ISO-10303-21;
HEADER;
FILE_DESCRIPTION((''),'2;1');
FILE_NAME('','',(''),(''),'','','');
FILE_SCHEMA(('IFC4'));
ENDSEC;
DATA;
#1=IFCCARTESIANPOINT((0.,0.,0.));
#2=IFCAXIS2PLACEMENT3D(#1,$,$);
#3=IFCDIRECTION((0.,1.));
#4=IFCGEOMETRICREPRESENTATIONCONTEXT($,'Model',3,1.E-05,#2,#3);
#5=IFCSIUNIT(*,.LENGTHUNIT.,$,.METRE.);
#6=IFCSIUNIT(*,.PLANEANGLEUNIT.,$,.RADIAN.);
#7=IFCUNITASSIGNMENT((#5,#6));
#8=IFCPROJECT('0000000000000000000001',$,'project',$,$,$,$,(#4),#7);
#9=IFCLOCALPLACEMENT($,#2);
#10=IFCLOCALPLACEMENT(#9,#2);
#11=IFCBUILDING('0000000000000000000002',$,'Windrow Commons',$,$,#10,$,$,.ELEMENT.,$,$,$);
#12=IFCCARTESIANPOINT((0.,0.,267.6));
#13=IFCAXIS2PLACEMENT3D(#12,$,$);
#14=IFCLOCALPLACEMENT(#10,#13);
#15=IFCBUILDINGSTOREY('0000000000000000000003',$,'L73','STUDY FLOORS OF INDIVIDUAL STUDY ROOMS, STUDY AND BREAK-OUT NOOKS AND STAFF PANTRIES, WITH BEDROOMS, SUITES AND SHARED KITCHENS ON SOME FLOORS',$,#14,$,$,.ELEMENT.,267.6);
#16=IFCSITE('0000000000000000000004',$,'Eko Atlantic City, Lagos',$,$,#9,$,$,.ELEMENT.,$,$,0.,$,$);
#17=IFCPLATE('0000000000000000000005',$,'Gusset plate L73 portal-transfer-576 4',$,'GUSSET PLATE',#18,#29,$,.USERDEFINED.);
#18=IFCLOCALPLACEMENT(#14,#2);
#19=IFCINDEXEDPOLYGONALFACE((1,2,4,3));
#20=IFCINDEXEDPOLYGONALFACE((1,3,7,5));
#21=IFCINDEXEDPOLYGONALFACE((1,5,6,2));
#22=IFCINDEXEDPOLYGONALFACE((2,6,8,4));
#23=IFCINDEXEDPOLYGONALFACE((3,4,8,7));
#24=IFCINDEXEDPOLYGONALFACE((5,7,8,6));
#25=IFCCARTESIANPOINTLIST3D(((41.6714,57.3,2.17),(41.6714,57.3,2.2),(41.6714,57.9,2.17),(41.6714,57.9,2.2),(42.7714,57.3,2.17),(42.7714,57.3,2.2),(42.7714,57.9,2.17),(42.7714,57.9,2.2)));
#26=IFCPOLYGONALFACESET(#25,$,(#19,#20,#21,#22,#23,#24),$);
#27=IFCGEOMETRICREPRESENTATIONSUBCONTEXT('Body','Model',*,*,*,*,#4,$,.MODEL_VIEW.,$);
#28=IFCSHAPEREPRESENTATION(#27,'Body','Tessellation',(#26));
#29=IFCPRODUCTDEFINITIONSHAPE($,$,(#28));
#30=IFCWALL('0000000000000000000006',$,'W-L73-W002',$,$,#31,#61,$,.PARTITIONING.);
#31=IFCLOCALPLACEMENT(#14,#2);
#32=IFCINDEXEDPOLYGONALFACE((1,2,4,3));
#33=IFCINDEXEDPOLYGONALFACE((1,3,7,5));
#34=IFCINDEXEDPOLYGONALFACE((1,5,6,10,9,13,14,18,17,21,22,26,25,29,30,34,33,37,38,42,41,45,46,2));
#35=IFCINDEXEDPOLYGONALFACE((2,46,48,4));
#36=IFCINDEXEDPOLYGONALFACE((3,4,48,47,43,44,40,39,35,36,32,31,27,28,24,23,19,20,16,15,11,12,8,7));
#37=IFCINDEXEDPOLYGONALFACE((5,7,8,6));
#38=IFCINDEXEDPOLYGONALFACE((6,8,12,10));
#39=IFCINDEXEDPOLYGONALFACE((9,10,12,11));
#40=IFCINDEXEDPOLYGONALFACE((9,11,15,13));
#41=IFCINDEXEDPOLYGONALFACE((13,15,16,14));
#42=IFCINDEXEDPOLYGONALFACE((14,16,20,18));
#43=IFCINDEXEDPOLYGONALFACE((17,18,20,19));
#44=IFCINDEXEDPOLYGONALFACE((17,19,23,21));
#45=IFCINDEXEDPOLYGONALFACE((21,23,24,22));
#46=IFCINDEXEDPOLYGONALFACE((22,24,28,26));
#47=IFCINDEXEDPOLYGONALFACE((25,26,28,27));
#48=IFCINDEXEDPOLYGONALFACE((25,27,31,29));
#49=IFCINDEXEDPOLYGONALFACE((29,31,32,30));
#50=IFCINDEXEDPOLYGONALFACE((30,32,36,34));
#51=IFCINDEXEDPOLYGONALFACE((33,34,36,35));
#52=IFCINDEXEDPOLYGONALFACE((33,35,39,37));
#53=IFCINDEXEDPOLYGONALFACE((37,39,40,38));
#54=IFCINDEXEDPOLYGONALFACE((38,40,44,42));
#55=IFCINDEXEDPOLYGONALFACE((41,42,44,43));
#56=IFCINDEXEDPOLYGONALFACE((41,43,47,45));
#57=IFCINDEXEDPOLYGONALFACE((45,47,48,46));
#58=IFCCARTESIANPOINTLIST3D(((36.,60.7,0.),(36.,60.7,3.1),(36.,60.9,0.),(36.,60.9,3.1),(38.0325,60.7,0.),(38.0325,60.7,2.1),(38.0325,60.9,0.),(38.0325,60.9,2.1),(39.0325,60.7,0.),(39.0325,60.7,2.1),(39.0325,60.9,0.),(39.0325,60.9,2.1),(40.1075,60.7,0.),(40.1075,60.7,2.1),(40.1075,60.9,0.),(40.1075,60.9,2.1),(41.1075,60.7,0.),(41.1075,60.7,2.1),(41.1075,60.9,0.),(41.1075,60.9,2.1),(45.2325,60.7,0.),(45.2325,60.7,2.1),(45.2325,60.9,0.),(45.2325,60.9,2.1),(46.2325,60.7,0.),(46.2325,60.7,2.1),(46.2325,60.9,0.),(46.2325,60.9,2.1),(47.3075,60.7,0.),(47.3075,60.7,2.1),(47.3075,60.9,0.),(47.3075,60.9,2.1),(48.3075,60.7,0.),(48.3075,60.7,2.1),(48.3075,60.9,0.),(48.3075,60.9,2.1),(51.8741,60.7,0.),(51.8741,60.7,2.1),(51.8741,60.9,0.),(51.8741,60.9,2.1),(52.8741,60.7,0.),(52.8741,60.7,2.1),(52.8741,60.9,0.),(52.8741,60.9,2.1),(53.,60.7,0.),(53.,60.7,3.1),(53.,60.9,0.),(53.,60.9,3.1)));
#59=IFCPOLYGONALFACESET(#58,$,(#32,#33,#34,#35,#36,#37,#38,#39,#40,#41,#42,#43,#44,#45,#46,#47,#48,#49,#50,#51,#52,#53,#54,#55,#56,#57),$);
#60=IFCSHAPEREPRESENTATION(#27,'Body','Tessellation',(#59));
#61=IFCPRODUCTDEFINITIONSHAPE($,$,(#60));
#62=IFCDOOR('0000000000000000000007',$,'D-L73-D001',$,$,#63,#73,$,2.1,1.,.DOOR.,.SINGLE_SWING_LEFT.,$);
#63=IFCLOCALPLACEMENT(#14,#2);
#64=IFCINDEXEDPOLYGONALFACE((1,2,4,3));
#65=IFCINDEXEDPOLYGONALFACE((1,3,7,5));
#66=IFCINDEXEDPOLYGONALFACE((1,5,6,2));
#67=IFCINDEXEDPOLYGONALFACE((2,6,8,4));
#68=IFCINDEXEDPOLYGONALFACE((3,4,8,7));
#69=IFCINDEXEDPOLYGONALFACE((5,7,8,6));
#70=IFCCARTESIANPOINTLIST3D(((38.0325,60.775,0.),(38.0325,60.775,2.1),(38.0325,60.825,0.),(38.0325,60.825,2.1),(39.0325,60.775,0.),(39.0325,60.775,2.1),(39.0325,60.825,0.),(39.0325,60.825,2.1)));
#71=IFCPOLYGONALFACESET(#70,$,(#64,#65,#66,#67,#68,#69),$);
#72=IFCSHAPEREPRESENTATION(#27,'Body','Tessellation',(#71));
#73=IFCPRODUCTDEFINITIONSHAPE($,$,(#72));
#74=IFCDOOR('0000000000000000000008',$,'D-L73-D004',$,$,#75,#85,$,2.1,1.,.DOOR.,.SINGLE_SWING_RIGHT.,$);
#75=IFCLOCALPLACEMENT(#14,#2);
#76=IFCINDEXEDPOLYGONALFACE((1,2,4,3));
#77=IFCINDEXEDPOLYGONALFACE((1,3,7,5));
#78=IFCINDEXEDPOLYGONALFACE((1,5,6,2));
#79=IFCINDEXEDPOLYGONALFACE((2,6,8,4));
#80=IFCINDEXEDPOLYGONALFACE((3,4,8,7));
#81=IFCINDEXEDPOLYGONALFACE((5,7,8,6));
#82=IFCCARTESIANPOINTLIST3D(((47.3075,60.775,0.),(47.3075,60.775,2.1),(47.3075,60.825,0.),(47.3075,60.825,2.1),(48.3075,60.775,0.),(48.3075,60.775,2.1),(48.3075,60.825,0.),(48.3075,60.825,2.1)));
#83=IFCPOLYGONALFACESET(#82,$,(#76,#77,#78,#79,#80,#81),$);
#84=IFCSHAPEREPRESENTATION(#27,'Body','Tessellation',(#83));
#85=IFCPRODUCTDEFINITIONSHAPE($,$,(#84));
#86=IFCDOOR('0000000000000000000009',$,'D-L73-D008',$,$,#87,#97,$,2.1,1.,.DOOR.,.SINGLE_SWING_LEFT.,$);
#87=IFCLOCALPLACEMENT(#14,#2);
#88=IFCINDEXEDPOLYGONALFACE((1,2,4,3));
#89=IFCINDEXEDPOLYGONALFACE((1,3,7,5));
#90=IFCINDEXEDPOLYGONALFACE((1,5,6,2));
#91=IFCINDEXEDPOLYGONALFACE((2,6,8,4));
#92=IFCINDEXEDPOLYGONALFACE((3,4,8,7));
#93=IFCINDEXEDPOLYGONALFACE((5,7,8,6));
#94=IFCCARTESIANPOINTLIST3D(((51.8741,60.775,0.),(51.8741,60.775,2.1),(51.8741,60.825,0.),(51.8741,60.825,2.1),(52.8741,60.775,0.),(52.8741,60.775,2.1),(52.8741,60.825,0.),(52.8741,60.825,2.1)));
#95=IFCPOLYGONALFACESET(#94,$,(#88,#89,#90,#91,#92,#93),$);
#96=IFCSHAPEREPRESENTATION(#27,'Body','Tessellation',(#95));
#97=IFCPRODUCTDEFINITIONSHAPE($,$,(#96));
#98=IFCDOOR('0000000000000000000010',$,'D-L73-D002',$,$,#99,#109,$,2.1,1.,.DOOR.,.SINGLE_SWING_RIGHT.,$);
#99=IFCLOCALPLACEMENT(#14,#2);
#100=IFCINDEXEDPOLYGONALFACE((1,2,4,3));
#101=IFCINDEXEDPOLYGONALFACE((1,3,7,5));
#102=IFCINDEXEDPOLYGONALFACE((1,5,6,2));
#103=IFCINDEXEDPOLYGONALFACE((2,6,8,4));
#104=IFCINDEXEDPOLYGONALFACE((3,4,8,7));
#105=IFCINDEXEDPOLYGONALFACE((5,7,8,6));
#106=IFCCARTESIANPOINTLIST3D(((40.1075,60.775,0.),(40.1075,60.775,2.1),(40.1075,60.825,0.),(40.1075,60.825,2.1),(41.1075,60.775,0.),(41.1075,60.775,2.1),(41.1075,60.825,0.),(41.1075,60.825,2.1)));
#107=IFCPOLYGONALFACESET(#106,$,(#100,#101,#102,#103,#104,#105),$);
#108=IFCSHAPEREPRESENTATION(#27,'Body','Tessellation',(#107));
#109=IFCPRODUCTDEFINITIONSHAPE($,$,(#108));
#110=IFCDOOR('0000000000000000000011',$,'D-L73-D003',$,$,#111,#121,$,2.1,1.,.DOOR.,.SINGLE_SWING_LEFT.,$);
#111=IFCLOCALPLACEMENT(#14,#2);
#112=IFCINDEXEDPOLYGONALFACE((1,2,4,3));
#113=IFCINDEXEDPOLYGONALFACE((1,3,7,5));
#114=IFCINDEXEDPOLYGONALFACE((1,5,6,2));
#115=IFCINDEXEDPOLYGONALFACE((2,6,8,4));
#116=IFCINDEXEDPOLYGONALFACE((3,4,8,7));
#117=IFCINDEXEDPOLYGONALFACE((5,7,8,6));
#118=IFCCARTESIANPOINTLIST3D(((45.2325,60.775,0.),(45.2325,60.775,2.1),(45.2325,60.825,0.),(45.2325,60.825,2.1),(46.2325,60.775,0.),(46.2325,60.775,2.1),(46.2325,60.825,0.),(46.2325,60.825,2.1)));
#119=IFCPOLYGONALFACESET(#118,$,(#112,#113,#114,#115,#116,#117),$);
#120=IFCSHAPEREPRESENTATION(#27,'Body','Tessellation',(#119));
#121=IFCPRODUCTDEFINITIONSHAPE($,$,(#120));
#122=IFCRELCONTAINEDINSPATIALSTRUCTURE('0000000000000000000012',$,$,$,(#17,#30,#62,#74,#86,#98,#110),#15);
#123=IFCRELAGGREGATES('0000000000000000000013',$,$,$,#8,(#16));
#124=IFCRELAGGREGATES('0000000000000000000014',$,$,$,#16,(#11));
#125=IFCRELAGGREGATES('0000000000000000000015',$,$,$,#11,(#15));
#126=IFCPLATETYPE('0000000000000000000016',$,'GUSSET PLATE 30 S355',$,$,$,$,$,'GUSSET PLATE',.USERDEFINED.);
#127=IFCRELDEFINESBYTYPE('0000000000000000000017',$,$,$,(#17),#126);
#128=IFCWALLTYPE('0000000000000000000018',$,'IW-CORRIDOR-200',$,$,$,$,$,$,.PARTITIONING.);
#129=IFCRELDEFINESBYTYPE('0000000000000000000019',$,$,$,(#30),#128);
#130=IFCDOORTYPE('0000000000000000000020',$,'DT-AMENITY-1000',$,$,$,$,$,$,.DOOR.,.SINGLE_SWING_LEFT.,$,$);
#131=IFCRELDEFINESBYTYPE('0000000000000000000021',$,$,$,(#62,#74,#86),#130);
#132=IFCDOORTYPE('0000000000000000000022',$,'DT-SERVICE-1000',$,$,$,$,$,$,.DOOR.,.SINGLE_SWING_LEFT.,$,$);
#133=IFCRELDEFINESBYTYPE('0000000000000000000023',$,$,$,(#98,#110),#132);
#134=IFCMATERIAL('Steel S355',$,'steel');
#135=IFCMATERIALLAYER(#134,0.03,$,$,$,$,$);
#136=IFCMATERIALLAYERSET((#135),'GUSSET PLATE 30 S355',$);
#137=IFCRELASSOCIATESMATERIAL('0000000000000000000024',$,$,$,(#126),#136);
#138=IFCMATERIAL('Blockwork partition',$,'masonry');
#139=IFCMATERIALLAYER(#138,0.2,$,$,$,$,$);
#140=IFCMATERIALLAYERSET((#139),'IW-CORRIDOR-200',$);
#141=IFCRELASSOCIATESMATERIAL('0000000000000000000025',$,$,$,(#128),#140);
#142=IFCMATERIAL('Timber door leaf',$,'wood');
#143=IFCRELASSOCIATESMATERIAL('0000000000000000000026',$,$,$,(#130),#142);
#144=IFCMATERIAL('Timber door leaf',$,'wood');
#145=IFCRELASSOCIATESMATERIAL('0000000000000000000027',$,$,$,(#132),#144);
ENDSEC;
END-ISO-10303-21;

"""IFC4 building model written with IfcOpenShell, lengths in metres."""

from ifc_helpers import new_model, si_unit, direction, frame, frame_2d, origin, origin_2d, place, context, subcontext, project, spatial, rectangle, extrude, material, layer, layer_set, type_object, element, fill, save


model = new_model("IFC4")

# Units and contexts
model_context = context("Model", 3, precision=1e-05, world=origin(), true_north=direction((0.0, 1.0)))
body_context = subcontext(model_context, "Body", "Model", "MODEL_VIEW")
ifc_project = project(units=[si_unit("LENGTHUNIT", "METRE"), si_unit("PLANEANGLEUNIT", "RADIAN")], contexts=[model_context])

# Site, building, storey
site_placement = place(None, origin())
site = spatial("IfcSite", under=ifc_project, at=site_placement, Name="Eko Atlantic City, Lagos", CompositionType="ELEMENT", RefElevation=0.0)
building_placement = place(site_placement, origin())
building = spatial("IfcBuilding", under=site, at=building_placement, Name="Windrow Commons", CompositionType="ELEMENT")
storey_placement = place(building_placement, frame((0.0, 0.0, 267.6)))
storey = spatial("IfcBuildingStorey", under=building, at=storey_placement, Name="L73", Description="STUDY FLOORS OF INDIVIDUAL STUDY ROOMS, STUDY AND BREAK-OUT NOOKS AND STAFF PANTRIES, WITH BEDROOMS, SUITES AND SHARED KITCHENS ON SOME FLOORS", CompositionType="ELEMENT", Elevation=267.6)

# Plate
ifc_material_1 = material(Name="Steel S355", Category="steel")
ifc_layer_1 = layer(ifc_material_1, 0.03)
ifc_layer_set_1 = layer_set([ifc_layer_1], Name="GUSSET PLATE 30 S355")
plate_type = type_object("IfcPlateType", Name="GUSSET PLATE 30 S355", ElementType="GUSSET PLATE", PredefinedType="USERDEFINED", material=ifc_layer_set_1)
plate_placement = place(storey_placement, frame((42.2214, 57.6, 2.17), z_axis=(0.0, 0.0, 1.0), x_axis=(1.0, 0.0, 0.0)))
element("IfcPlate", 1, at=plate_placement, inside=storey, type_object=plate_type, Name="Gusset plate L73 portal-transfer-576 4", ObjectType="GUSSET PLATE", PredefinedType="USERDEFINED", context=body_context, shape_type="SweptSolid", body=[
    extrude(rectangle(XDim=1.1, YDim=0.6, at=origin_2d()), origin(), (0.0, 0.0, 1.0), 0.03),
])

# Wall, openings, doors
ifc_material_2 = material(Name="Blockwork partition", Category="masonry")
ifc_layer_2 = layer(ifc_material_2, 0.2)
ifc_layer_set_2 = layer_set([ifc_layer_2], Name="IW-CORRIDOR-200")
wall_type_1 = type_object("IfcWallType", Name="IW-CORRIDOR-200", PredefinedType="PARTITIONING", material=ifc_layer_set_2)
wall_1_placement = place(storey_placement, frame((36.0, 60.8, 0.0), z_axis=(0.0, 0.0, 1.0), x_axis=(1.0, 0.0, 0.0)))
wall_1 = element("IfcWall", 2, at=wall_1_placement, inside=storey, type_object=wall_type_1, Name="W-L73-W002", PredefinedType="PARTITIONING", context=body_context, shape_type="SweptSolid", body=[
    extrude(rectangle(XDim=17.0, YDim=0.2, at=frame_2d((8.5, 0.0))), origin(), (0.0, 0.0, 1.0), 3.1),
])
opening_1_placement = place(wall_1_placement, frame((2.0325, 0.0, 0.0)))
opening_1 = element("IfcOpeningElement", 3, at=opening_1_placement, cuts=wall_1, PredefinedType="OPENING", context=body_context, shape_type="SweptSolid", body=[
    extrude(rectangle(XDim=1.0, YDim=2.1, at=frame_2d((0.5, 1.05))), frame((0.0, 0.11, 0.0), z_axis=(0.0, -1.0, 0.0), x_axis=(1.0, 0.0, 0.0)), (0.0, 0.0, 1.0), 0.22),
])
opening_2_placement = place(wall_1_placement, frame((4.1075, 0.0, 0.0)))
opening_2 = element("IfcOpeningElement", 4, at=opening_2_placement, cuts=wall_1, PredefinedType="OPENING", context=body_context, shape_type="SweptSolid", body=[
    extrude(rectangle(XDim=1.0, YDim=2.1, at=frame_2d((0.5, 1.05))), frame((0.0, 0.11, 0.0), z_axis=(0.0, -1.0, 0.0), x_axis=(1.0, 0.0, 0.0)), (0.0, 0.0, 1.0), 0.22),
])
opening_3_placement = place(wall_1_placement, frame((9.2325, 0.0, 0.0)))
opening_3 = element("IfcOpeningElement", 5, at=opening_3_placement, cuts=wall_1, PredefinedType="OPENING", context=body_context, shape_type="SweptSolid", body=[
    extrude(rectangle(XDim=1.0, YDim=2.1, at=frame_2d((0.5, 1.05))), frame((0.0, 0.11, 0.0), z_axis=(0.0, -1.0, 0.0), x_axis=(1.0, 0.0, 0.0)), (0.0, 0.0, 1.0), 0.22),
])
opening_4_placement = place(wall_1_placement, frame((11.3075, 0.0, 0.0)))
opening_4 = element("IfcOpeningElement", 6, at=opening_4_placement, cuts=wall_1, PredefinedType="OPENING", context=body_context, shape_type="SweptSolid", body=[
    extrude(rectangle(XDim=1.0, YDim=2.1, at=frame_2d((0.5, 1.05))), frame((0.0, 0.11, 0.0), z_axis=(0.0, -1.0, 0.0), x_axis=(1.0, 0.0, 0.0)), (0.0, 0.0, 1.0), 0.22),
])
opening_5_placement = place(wall_1_placement, frame((15.8741, 0.0, 0.0)))
opening_5 = element("IfcOpeningElement", 7, at=opening_5_placement, cuts=wall_1, PredefinedType="OPENING", context=body_context, shape_type="SweptSolid", body=[
    extrude(rectangle(XDim=1.0, YDim=2.1, at=frame_2d((0.5, 1.05))), frame((0.0, 0.11, 0.0), z_axis=(0.0, -1.0, 0.0), x_axis=(1.0, 0.0, 0.0)), (0.0, 0.0, 1.0), 0.22),
])
ifc_material_3 = material(Name="Timber door leaf", Category="wood")
door_type_1 = type_object("IfcDoorType", Name="DT-AMENITY-1000", OperationType="SINGLE_SWING_LEFT", PredefinedType="DOOR", material=ifc_material_3)
door_1_placement = place(opening_1_placement, origin())
door_1 = element("IfcDoor", 8, at=door_1_placement, inside=storey, type_object=door_type_1, Name="D-L73-D001", OperationType="SINGLE_SWING_LEFT", OverallHeight=2.1, OverallWidth=1.0, PredefinedType="DOOR", context=body_context, shape_type="SweptSolid", body=[
    extrude(rectangle(XDim=1.0, YDim=2.1, at=frame_2d((0.5, 1.05))), frame((0.0, 0.025, 0.0), z_axis=(0.0, -1.0, 0.0), x_axis=(1.0, 0.0, 0.0)), (0.0, 0.0, 1.0), 0.05),
])
fill(opening_1, door_1)
door_2_placement = place(opening_4_placement, origin())
door_2 = element("IfcDoor", 9, at=door_2_placement, inside=storey, type_object=door_type_1, Name="D-L73-D004", OperationType="SINGLE_SWING_RIGHT", OverallHeight=2.1, OverallWidth=1.0, PredefinedType="DOOR", context=body_context, shape_type="SweptSolid", body=[
    extrude(rectangle(XDim=1.0, YDim=2.1, at=frame_2d((0.5, 1.05))), frame((0.0, 0.025, 0.0), z_axis=(0.0, -1.0, 0.0), x_axis=(1.0, 0.0, 0.0)), (0.0, 0.0, 1.0), 0.05),
])
fill(opening_4, door_2)
door_3_placement = place(opening_5_placement, origin())
door_3 = element("IfcDoor", 10, at=door_3_placement, inside=storey, type_object=door_type_1, Name="D-L73-D008", OperationType="SINGLE_SWING_LEFT", OverallHeight=2.1, OverallWidth=1.0, PredefinedType="DOOR", context=body_context, shape_type="SweptSolid", body=[
    extrude(rectangle(XDim=1.0, YDim=2.1, at=frame_2d((0.5, 1.05))), frame((0.0, 0.025, 0.0), z_axis=(0.0, -1.0, 0.0), x_axis=(1.0, 0.0, 0.0)), (0.0, 0.0, 1.0), 0.05),
])
fill(opening_5, door_3)
ifc_material_4 = material(Name="Timber door leaf", Category="wood")
door_type_2 = type_object("IfcDoorType", Name="DT-SERVICE-1000", OperationType="SINGLE_SWING_LEFT", PredefinedType="DOOR", material=ifc_material_4)
door_4_placement = place(opening_2_placement, origin())
door_4 = element("IfcDoor", 11, at=door_4_placement, inside=storey, type_object=door_type_2, Name="D-L73-D002", OperationType="SINGLE_SWING_RIGHT", OverallHeight=2.1, OverallWidth=1.0, PredefinedType="DOOR", context=body_context, shape_type="SweptSolid", body=[
    extrude(rectangle(XDim=1.0, YDim=2.1, at=frame_2d((0.5, 1.05))), frame((0.0, 0.025, 0.0), z_axis=(0.0, -1.0, 0.0), x_axis=(1.0, 0.0, 0.0)), (0.0, 0.0, 1.0), 0.05),
])
fill(opening_2, door_4)
door_5_placement = place(opening_3_placement, origin())
door_5 = element("IfcDoor", 12, at=door_5_placement, inside=storey, type_object=door_type_2, Name="D-L73-D003", OperationType="SINGLE_SWING_LEFT", OverallHeight=2.1, OverallWidth=1.0, PredefinedType="DOOR", context=body_context, shape_type="SweptSolid", body=[
    extrude(rectangle(XDim=1.0, YDim=2.1, at=frame_2d((0.5, 1.05))), frame((0.0, 0.025, 0.0), z_axis=(0.0, -1.0, 0.0), x_axis=(1.0, 0.0, 0.0)), (0.0, 0.0, 1.0), 0.05),
])
fill(opening_3, door_5)

save(model, "model.ifc")
